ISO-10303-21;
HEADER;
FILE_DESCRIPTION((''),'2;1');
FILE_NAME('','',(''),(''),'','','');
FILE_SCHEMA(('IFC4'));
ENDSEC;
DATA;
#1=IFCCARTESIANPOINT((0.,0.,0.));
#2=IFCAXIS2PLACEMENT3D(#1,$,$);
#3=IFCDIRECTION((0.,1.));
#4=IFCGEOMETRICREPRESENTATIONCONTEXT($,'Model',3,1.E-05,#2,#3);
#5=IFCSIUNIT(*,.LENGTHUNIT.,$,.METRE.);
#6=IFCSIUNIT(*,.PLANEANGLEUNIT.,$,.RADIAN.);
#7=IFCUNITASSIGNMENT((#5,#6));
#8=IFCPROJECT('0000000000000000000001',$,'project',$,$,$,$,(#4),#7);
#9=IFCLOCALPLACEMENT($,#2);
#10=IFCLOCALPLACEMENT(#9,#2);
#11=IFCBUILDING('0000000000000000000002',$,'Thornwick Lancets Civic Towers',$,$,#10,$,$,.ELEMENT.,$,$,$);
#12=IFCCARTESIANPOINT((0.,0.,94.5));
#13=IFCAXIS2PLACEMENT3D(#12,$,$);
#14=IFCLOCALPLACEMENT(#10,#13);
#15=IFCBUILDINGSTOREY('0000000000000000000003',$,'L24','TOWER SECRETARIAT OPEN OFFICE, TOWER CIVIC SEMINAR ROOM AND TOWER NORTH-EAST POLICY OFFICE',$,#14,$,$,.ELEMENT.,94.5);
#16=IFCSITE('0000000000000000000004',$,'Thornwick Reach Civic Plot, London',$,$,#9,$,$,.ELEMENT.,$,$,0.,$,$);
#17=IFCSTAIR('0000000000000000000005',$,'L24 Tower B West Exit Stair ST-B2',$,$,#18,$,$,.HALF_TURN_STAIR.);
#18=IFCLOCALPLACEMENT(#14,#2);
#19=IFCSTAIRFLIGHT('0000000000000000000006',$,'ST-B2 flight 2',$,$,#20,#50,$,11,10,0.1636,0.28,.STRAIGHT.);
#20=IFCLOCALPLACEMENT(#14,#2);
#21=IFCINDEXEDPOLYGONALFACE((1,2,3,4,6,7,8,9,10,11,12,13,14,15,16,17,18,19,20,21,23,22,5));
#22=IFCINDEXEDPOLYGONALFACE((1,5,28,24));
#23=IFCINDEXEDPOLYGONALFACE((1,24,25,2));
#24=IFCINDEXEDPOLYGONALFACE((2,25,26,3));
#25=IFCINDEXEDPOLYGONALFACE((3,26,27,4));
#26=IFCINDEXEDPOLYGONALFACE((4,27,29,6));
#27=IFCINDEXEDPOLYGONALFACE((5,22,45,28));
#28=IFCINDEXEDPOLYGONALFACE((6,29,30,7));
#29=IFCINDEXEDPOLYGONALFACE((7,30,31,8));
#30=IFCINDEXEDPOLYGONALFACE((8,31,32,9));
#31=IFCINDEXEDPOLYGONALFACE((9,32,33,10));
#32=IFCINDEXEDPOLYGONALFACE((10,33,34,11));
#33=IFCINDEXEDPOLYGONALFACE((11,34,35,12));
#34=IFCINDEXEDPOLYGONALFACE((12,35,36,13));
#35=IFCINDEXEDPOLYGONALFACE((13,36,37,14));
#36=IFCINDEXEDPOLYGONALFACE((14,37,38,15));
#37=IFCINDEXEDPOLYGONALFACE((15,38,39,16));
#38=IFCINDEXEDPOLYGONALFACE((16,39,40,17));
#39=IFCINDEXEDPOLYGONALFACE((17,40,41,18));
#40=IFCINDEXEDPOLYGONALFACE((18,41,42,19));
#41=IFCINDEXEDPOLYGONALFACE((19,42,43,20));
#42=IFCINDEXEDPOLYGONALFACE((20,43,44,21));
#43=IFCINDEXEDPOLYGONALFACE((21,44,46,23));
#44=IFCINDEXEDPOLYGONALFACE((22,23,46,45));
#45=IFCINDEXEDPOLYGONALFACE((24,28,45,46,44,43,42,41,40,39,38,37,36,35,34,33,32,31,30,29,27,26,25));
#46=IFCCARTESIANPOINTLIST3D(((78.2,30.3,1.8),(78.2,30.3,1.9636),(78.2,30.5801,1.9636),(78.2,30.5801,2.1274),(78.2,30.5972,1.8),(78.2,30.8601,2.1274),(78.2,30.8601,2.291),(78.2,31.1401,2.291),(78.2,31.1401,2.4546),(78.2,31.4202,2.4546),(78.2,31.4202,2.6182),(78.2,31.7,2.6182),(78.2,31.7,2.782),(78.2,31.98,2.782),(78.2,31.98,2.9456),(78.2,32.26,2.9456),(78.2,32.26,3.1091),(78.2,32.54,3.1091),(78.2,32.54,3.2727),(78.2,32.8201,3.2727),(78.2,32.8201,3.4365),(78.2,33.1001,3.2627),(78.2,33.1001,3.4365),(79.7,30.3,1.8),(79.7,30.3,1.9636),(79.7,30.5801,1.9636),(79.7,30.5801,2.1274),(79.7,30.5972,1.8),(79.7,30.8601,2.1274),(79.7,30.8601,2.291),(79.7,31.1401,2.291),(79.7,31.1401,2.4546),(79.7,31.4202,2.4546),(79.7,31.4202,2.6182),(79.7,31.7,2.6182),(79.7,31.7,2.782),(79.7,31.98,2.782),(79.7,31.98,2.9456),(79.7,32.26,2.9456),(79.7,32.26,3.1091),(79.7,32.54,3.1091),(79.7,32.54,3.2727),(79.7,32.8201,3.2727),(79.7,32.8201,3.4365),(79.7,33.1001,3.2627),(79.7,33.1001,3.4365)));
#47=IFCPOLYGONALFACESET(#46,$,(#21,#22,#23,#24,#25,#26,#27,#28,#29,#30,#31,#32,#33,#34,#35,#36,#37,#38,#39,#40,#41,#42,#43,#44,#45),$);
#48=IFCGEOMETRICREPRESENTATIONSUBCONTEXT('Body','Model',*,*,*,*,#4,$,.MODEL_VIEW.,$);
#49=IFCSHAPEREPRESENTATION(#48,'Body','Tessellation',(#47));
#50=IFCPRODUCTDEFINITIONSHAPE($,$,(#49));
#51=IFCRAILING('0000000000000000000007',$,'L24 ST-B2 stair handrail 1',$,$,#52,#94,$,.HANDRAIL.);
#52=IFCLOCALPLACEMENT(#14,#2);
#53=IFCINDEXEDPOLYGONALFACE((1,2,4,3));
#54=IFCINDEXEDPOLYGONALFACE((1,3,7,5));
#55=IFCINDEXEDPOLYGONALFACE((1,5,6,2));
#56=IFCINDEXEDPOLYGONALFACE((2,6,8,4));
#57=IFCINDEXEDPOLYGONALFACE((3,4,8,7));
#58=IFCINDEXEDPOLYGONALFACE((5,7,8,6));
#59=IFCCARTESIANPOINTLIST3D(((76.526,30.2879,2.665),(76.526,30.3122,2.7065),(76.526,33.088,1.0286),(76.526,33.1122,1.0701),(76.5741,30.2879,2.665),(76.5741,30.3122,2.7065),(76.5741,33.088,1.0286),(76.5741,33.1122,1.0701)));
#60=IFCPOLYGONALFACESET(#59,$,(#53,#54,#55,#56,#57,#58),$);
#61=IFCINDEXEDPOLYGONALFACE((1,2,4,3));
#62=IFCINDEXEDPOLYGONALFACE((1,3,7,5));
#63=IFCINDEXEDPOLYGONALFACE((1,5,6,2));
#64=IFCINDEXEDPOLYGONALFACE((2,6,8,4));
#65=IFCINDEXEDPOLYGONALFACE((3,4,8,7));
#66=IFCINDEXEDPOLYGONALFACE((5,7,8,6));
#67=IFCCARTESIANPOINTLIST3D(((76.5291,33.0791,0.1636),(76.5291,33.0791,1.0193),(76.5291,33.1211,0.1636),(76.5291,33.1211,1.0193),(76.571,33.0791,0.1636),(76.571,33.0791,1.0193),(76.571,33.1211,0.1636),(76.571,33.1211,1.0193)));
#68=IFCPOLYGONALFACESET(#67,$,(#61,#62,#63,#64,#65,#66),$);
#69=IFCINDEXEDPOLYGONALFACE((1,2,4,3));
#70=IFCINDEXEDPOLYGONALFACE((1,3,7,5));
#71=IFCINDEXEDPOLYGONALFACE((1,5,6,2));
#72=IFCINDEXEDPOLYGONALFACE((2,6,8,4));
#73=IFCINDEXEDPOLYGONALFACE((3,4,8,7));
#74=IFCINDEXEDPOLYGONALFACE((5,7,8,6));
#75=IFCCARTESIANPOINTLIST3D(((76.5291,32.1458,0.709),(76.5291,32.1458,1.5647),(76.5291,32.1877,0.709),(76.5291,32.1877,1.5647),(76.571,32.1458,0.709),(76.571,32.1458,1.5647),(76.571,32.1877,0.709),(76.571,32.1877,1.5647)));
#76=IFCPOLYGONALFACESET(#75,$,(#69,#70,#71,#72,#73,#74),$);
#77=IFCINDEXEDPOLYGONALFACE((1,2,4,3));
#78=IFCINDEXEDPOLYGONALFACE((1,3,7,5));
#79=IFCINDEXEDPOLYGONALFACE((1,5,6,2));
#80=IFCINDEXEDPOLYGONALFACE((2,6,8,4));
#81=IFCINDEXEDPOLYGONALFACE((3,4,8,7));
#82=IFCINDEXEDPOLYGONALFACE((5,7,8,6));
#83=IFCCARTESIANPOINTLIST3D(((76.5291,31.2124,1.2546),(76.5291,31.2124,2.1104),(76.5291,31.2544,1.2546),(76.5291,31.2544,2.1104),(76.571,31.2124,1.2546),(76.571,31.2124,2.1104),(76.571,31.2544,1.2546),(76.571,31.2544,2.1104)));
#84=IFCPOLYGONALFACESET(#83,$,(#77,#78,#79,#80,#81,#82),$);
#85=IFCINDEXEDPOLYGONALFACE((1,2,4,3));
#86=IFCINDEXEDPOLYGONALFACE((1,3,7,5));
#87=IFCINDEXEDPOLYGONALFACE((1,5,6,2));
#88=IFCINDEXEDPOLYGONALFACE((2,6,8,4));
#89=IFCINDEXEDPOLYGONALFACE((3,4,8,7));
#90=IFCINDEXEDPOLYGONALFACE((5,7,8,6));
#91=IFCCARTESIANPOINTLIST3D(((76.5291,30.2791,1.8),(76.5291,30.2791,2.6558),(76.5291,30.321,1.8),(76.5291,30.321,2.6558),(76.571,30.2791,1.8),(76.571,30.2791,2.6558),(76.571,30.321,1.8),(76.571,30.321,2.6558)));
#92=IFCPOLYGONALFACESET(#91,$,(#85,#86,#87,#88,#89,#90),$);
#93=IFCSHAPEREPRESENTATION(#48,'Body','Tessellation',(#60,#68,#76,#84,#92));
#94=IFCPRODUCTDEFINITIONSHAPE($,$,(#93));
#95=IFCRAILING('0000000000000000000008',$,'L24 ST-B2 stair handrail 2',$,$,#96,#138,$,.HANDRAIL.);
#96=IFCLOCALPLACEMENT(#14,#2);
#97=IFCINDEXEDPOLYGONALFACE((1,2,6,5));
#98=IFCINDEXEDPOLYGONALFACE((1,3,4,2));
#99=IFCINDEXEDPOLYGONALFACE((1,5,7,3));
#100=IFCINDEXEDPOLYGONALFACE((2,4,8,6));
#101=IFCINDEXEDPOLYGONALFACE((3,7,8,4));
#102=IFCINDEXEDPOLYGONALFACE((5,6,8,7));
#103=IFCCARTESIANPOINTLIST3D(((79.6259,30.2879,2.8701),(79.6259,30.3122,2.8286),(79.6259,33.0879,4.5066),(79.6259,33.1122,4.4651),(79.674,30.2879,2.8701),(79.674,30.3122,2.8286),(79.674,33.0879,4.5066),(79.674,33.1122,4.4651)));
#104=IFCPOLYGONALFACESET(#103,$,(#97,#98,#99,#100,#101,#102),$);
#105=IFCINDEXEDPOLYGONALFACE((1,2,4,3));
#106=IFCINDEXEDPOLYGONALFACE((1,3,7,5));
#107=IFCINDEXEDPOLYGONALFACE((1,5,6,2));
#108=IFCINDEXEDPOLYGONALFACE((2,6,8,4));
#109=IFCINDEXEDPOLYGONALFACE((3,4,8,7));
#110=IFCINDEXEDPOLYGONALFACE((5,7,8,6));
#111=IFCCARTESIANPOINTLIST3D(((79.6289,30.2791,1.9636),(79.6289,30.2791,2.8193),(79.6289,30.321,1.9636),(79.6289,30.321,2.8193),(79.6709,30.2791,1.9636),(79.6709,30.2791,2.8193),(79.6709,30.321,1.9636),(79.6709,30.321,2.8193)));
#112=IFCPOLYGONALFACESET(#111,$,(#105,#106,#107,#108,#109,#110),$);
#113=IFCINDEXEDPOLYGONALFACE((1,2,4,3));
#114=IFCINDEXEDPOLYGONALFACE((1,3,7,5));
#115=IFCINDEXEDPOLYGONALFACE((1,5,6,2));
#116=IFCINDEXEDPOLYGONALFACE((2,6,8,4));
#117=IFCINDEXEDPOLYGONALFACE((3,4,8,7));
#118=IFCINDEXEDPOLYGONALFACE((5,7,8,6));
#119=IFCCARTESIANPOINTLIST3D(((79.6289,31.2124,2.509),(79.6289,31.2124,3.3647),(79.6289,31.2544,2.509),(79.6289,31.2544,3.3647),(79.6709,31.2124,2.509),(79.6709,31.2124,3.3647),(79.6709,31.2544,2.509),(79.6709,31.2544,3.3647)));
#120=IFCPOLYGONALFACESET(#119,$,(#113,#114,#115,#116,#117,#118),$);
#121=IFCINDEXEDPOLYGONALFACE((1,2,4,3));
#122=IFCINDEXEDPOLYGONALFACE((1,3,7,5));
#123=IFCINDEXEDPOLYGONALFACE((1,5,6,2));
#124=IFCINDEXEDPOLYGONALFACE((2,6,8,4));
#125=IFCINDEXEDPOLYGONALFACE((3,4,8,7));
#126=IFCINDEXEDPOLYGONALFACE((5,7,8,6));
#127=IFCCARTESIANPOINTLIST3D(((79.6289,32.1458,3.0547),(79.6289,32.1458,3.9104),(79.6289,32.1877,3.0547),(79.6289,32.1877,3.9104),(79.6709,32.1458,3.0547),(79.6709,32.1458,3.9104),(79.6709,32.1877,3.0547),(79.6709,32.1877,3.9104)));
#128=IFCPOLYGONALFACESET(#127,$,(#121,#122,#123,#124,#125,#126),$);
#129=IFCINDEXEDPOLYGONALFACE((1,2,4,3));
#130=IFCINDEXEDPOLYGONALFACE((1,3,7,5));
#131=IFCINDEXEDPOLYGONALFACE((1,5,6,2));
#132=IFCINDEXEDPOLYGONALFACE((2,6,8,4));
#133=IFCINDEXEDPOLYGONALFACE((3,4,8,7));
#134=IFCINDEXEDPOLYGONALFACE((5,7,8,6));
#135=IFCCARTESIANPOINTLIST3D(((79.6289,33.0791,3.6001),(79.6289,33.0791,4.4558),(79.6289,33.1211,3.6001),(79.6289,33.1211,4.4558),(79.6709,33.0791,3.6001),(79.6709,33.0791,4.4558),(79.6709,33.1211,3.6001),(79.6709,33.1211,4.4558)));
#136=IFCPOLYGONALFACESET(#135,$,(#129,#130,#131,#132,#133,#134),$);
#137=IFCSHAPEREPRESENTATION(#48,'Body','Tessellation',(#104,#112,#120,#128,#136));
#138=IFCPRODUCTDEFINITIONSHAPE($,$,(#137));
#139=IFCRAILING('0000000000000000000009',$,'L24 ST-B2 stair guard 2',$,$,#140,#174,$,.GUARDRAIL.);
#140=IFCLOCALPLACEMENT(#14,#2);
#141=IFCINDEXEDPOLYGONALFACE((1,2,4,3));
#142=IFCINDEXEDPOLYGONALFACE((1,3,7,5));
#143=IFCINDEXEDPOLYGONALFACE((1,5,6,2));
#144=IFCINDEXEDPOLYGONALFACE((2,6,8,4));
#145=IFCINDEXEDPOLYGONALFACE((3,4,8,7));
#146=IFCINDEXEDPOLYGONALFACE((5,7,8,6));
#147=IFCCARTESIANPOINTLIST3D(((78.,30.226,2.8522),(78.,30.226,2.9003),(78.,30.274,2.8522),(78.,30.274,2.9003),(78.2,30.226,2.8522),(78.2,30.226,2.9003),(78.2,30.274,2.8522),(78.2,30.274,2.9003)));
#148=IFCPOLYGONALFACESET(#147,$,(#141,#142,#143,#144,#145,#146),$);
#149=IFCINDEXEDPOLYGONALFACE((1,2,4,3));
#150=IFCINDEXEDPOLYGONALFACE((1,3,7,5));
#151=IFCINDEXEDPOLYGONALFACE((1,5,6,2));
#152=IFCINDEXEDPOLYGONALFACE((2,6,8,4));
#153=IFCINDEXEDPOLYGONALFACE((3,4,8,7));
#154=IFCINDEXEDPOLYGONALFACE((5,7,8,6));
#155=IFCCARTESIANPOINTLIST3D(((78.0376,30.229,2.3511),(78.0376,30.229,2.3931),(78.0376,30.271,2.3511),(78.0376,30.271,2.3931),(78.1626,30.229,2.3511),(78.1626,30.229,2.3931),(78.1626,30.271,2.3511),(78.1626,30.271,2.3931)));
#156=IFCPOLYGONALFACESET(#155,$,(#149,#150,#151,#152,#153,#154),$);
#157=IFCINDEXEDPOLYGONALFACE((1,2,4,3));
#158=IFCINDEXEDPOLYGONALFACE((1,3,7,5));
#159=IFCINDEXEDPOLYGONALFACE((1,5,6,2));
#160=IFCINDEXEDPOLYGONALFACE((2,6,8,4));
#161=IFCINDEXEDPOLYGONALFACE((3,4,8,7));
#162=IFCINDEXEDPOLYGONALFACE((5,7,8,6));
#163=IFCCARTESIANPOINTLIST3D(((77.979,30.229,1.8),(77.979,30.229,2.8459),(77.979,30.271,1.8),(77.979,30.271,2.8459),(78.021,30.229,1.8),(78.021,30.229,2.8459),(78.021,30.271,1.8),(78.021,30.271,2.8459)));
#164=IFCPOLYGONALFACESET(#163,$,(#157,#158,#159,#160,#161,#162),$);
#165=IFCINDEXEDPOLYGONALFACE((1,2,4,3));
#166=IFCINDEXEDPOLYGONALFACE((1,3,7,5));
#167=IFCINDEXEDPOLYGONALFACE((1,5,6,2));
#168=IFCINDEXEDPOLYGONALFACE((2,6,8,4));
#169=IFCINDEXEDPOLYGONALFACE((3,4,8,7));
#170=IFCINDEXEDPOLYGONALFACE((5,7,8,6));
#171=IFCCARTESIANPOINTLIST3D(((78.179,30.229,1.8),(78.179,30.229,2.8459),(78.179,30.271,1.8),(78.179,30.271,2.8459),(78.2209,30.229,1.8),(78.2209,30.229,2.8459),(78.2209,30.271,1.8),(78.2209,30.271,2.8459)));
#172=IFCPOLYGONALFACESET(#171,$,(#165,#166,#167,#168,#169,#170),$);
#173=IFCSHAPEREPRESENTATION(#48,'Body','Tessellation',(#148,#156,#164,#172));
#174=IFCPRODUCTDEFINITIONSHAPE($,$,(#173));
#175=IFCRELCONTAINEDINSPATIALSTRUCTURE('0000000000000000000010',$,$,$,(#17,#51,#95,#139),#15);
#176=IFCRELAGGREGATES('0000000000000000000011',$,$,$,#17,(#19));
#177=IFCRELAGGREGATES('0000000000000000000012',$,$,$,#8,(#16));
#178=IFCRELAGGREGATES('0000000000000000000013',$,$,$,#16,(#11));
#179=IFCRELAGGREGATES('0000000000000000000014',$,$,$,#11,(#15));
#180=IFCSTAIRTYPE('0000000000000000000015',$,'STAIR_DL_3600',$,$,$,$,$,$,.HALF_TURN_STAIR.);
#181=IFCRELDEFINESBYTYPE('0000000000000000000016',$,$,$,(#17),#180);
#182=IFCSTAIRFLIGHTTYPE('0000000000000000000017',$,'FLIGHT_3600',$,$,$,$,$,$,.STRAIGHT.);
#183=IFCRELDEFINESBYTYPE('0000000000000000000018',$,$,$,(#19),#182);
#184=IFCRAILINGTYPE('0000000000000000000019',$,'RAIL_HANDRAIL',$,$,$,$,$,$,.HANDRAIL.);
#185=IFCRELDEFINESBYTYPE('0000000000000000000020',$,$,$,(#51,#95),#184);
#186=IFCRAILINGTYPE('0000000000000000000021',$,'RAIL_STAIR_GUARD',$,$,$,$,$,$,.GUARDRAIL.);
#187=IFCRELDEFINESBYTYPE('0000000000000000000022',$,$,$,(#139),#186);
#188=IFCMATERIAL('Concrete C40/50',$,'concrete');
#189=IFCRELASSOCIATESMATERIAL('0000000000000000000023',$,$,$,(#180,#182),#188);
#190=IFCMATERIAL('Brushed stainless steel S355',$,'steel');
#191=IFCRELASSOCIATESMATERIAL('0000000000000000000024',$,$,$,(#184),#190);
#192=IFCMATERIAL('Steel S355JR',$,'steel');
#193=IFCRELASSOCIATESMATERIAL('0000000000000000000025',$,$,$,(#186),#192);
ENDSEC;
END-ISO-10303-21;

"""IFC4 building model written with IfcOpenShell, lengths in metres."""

from ifc_helpers import new_model, si_unit, direction, frame, origin, origin_2d, place, context, subcontext, project, spatial, polyline, rectangle, outline, extrude, material, type_object, element, aggregate, save


model = new_model("IFC4")

# Units and contexts
model_context = context("Model", 3, precision=1e-05, world=origin(), true_north=direction((0.0, 1.0)))
body_context = subcontext(model_context, "Body", "Model", "MODEL_VIEW")
ifc_project = project(units=[si_unit("LENGTHUNIT", "METRE"), si_unit("PLANEANGLEUNIT", "RADIAN")], contexts=[model_context])

# Site, building, storey
site_placement = place(None, origin())
site = spatial("IfcSite", under=ifc_project, at=site_placement, Name="Thornwick Reach Civic Plot, London", CompositionType="ELEMENT", RefElevation=0.0)
building_placement = place(site_placement, origin())
building = spatial("IfcBuilding", under=site, at=building_placement, Name="Thornwick Lancets Civic Towers", CompositionType="ELEMENT")
storey_placement = place(building_placement, frame((0.0, 0.0, 94.5)))
storey = spatial("IfcBuildingStorey", under=building, at=storey_placement, Name="L24", Description="TOWER SECRETARIAT OPEN OFFICE, TOWER CIVIC SEMINAR ROOM AND TOWER NORTH-EAST POLICY OFFICE", CompositionType="ELEMENT", Elevation=94.5)

# Shared definitions
ifc_material_1 = material(Name="Concrete C40/50", Category="concrete")

# Stair, stair flight
stair_type = type_object("IfcStairType", Name="STAIR_DL_3600", PredefinedType="HALF_TURN_STAIR", material=ifc_material_1)
stair_placement = place(storey_placement, origin())
stair = element("IfcStair", 1, at=stair_placement, inside=storey, type_object=stair_type, Name="L24 Tower B West Exit Stair ST-B2", PredefinedType="HALF_TURN_STAIR")
stair_flight_type = type_object("IfcStairFlightType", Name="FLIGHT_3600", PredefinedType="STRAIGHT", material=ifc_material_1)
stair_flight_placement = place(storey_placement, frame((78.95, 30.3, 1.8), z_axis=(0.0, 0.0, 1.0), x_axis=(0.0, 1.0, 0.0)))
stair_flight = element("IfcStairFlight", 2, at=stair_flight_placement, type_object=stair_flight_type, Name="ST-B2 flight 2", NumberOfRisers=11, NumberOfTreads=10, PredefinedType="STRAIGHT", RiserHeight=0.1636, TreadLength=0.28, context=body_context, shape_type="SweptSolid", body=[
    extrude(outline(polyline([(0.0, 0.0), (0.0, 0.1636), (0.28, 0.1636), (0.28, 0.3274), (0.5601, 0.3274), (0.5601, 0.491), (0.8401, 0.491), (0.8401, 0.6545), (1.1201, 0.6545), (1.1201, 0.8181), (1.3999, 0.8181), (1.3999, 0.9819), (1.6799, 0.9819), (1.6799, 1.1455), (1.96, 1.1455), (1.96, 1.3091), (2.24, 1.3091), (2.24, 1.4727), (2.52, 1.4727), (2.52, 1.6365), (2.8, 1.6365), (2.8, 1.8), (2.8, 1.4626), (0.2971, 0.0), (0.0, 0.0)])), frame((0.0, 0.75, 0.0), z_axis=(0.0, -1.0, 0.0), x_axis=(1.0, 0.0, 0.0)), (0.0, 0.0, 1.0), 1.5),
])
aggregate(stair, [stair_flight])

# Railings
ifc_material_2 = material(Name="Brushed stainless steel S355", Category="steel")
railing_type_1 = type_object("IfcRailingType", Name="RAIL_HANDRAIL", PredefinedType="HANDRAIL", material=ifc_material_2)
railing_1_placement = place(storey_placement, frame((76.55, 33.1001, 0.1636)))
element("IfcRailing", 3, at=railing_1_placement, inside=storey, type_object=railing_type_1, Name="L24 ST-B2 stair handrail 1", PredefinedType="HANDRAIL", context=body_context, shape_type="SweptSolid", body=[
    extrude(rectangle(XDim=0.0481, YDim=0.0481, at=origin_2d()), frame((0.0, 0.0, 0.8857), z_axis=(0.0, -0.863361, 0.504587), x_axis=(1.0, 0.0, 0.0)), (0.0, 0.0, 1.0), 3.2432),
    extrude(rectangle(XDim=0.042, YDim=0.042, at=origin_2d()), origin(), (0.0, 0.0, 1.0), 0.8557),
    extrude(rectangle(XDim=0.042, YDim=0.042, at=origin_2d()), frame((0.0, -0.9333, 0.5454)), (0.0, 0.0, 1.0), 0.8557),
    extrude(rectangle(XDim=0.042, YDim=0.042, at=origin_2d()), frame((0.0, -1.8667, 1.0911)), (0.0, 0.0, 1.0), 0.8557),
    extrude(rectangle(XDim=0.042, YDim=0.042, at=origin_2d()), frame((0.0, -2.8, 1.6365)), (0.0, 0.0, 1.0), 0.8557),
])
railing_2_placement = place(storey_placement, frame((79.6499, 30.3, 1.9636)))
element("IfcRailing", 4, at=railing_2_placement, inside=storey, type_object=railing_type_1, Name="L24 ST-B2 stair handrail 2", PredefinedType="HANDRAIL", context=body_context, shape_type="SweptSolid", body=[
    extrude(rectangle(XDim=0.0481, YDim=0.0481, at=origin_2d()), frame((0.0, 0.0, 0.8857), z_axis=(0.0, 0.863361, 0.504587), x_axis=(-1.0, 0.0, 0.0)), (0.0, 0.0, 1.0), 3.2432),
    extrude(rectangle(XDim=0.042, YDim=0.042, at=origin_2d()), origin(), (0.0, 0.0, 1.0), 0.8557),
    extrude(rectangle(XDim=0.042, YDim=0.042, at=origin_2d()), frame((0.0, 0.9333, 0.5454)), (0.0, 0.0, 1.0), 0.8557),
    extrude(rectangle(XDim=0.042, YDim=0.042, at=origin_2d()), frame((0.0, 1.8667, 1.0911)), (0.0, 0.0, 1.0), 0.8557),
    extrude(rectangle(XDim=0.042, YDim=0.042, at=origin_2d()), frame((0.0, 2.8, 1.6365)), (0.0, 0.0, 1.0), 0.8557),
])
ifc_material_3 = material(Name="Steel S355JR", Category="steel")
railing_type_2 = type_object("IfcRailingType", Name="RAIL_STAIR_GUARD", PredefinedType="GUARDRAIL", material=ifc_material_3)
railing_3_placement = place(storey_placement, frame((78.0, 30.25, 1.8)))
element("IfcRailing", 5, at=railing_3_placement, inside=storey, type_object=railing_type_2, Name="L24 ST-B2 stair guard 2", PredefinedType="GUARDRAIL", context=body_context, shape_type="SweptSolid", body=[
    extrude(rectangle(XDim=0.0481, YDim=0.0481, at=origin_2d()), frame((0.0, 0.0, 1.0762), z_axis=(1.0, 0.0, 0.0), x_axis=(0.0, 1.0, 0.0)), (0.0, 0.0, 1.0), 0.2),
    extrude(rectangle(XDim=0.042, YDim=0.042, at=origin_2d()), frame((0.0376, 0.0, 0.572), z_axis=(1.0, 0.0, 0.0), x_axis=(0.0, 1.0, 0.0)), (0.0, 0.0, 1.0), 0.125),
    extrude(rectangle(XDim=0.042, YDim=0.042, at=origin_2d()), origin(), (0.0, 0.0, 1.0), 1.0459),
    extrude(rectangle(XDim=0.042, YDim=0.042, at=origin_2d()), frame((0.2, 0.0, 0.0)), (0.0, 0.0, 1.0), 1.0459),
])

save(model, "model.ifc")
